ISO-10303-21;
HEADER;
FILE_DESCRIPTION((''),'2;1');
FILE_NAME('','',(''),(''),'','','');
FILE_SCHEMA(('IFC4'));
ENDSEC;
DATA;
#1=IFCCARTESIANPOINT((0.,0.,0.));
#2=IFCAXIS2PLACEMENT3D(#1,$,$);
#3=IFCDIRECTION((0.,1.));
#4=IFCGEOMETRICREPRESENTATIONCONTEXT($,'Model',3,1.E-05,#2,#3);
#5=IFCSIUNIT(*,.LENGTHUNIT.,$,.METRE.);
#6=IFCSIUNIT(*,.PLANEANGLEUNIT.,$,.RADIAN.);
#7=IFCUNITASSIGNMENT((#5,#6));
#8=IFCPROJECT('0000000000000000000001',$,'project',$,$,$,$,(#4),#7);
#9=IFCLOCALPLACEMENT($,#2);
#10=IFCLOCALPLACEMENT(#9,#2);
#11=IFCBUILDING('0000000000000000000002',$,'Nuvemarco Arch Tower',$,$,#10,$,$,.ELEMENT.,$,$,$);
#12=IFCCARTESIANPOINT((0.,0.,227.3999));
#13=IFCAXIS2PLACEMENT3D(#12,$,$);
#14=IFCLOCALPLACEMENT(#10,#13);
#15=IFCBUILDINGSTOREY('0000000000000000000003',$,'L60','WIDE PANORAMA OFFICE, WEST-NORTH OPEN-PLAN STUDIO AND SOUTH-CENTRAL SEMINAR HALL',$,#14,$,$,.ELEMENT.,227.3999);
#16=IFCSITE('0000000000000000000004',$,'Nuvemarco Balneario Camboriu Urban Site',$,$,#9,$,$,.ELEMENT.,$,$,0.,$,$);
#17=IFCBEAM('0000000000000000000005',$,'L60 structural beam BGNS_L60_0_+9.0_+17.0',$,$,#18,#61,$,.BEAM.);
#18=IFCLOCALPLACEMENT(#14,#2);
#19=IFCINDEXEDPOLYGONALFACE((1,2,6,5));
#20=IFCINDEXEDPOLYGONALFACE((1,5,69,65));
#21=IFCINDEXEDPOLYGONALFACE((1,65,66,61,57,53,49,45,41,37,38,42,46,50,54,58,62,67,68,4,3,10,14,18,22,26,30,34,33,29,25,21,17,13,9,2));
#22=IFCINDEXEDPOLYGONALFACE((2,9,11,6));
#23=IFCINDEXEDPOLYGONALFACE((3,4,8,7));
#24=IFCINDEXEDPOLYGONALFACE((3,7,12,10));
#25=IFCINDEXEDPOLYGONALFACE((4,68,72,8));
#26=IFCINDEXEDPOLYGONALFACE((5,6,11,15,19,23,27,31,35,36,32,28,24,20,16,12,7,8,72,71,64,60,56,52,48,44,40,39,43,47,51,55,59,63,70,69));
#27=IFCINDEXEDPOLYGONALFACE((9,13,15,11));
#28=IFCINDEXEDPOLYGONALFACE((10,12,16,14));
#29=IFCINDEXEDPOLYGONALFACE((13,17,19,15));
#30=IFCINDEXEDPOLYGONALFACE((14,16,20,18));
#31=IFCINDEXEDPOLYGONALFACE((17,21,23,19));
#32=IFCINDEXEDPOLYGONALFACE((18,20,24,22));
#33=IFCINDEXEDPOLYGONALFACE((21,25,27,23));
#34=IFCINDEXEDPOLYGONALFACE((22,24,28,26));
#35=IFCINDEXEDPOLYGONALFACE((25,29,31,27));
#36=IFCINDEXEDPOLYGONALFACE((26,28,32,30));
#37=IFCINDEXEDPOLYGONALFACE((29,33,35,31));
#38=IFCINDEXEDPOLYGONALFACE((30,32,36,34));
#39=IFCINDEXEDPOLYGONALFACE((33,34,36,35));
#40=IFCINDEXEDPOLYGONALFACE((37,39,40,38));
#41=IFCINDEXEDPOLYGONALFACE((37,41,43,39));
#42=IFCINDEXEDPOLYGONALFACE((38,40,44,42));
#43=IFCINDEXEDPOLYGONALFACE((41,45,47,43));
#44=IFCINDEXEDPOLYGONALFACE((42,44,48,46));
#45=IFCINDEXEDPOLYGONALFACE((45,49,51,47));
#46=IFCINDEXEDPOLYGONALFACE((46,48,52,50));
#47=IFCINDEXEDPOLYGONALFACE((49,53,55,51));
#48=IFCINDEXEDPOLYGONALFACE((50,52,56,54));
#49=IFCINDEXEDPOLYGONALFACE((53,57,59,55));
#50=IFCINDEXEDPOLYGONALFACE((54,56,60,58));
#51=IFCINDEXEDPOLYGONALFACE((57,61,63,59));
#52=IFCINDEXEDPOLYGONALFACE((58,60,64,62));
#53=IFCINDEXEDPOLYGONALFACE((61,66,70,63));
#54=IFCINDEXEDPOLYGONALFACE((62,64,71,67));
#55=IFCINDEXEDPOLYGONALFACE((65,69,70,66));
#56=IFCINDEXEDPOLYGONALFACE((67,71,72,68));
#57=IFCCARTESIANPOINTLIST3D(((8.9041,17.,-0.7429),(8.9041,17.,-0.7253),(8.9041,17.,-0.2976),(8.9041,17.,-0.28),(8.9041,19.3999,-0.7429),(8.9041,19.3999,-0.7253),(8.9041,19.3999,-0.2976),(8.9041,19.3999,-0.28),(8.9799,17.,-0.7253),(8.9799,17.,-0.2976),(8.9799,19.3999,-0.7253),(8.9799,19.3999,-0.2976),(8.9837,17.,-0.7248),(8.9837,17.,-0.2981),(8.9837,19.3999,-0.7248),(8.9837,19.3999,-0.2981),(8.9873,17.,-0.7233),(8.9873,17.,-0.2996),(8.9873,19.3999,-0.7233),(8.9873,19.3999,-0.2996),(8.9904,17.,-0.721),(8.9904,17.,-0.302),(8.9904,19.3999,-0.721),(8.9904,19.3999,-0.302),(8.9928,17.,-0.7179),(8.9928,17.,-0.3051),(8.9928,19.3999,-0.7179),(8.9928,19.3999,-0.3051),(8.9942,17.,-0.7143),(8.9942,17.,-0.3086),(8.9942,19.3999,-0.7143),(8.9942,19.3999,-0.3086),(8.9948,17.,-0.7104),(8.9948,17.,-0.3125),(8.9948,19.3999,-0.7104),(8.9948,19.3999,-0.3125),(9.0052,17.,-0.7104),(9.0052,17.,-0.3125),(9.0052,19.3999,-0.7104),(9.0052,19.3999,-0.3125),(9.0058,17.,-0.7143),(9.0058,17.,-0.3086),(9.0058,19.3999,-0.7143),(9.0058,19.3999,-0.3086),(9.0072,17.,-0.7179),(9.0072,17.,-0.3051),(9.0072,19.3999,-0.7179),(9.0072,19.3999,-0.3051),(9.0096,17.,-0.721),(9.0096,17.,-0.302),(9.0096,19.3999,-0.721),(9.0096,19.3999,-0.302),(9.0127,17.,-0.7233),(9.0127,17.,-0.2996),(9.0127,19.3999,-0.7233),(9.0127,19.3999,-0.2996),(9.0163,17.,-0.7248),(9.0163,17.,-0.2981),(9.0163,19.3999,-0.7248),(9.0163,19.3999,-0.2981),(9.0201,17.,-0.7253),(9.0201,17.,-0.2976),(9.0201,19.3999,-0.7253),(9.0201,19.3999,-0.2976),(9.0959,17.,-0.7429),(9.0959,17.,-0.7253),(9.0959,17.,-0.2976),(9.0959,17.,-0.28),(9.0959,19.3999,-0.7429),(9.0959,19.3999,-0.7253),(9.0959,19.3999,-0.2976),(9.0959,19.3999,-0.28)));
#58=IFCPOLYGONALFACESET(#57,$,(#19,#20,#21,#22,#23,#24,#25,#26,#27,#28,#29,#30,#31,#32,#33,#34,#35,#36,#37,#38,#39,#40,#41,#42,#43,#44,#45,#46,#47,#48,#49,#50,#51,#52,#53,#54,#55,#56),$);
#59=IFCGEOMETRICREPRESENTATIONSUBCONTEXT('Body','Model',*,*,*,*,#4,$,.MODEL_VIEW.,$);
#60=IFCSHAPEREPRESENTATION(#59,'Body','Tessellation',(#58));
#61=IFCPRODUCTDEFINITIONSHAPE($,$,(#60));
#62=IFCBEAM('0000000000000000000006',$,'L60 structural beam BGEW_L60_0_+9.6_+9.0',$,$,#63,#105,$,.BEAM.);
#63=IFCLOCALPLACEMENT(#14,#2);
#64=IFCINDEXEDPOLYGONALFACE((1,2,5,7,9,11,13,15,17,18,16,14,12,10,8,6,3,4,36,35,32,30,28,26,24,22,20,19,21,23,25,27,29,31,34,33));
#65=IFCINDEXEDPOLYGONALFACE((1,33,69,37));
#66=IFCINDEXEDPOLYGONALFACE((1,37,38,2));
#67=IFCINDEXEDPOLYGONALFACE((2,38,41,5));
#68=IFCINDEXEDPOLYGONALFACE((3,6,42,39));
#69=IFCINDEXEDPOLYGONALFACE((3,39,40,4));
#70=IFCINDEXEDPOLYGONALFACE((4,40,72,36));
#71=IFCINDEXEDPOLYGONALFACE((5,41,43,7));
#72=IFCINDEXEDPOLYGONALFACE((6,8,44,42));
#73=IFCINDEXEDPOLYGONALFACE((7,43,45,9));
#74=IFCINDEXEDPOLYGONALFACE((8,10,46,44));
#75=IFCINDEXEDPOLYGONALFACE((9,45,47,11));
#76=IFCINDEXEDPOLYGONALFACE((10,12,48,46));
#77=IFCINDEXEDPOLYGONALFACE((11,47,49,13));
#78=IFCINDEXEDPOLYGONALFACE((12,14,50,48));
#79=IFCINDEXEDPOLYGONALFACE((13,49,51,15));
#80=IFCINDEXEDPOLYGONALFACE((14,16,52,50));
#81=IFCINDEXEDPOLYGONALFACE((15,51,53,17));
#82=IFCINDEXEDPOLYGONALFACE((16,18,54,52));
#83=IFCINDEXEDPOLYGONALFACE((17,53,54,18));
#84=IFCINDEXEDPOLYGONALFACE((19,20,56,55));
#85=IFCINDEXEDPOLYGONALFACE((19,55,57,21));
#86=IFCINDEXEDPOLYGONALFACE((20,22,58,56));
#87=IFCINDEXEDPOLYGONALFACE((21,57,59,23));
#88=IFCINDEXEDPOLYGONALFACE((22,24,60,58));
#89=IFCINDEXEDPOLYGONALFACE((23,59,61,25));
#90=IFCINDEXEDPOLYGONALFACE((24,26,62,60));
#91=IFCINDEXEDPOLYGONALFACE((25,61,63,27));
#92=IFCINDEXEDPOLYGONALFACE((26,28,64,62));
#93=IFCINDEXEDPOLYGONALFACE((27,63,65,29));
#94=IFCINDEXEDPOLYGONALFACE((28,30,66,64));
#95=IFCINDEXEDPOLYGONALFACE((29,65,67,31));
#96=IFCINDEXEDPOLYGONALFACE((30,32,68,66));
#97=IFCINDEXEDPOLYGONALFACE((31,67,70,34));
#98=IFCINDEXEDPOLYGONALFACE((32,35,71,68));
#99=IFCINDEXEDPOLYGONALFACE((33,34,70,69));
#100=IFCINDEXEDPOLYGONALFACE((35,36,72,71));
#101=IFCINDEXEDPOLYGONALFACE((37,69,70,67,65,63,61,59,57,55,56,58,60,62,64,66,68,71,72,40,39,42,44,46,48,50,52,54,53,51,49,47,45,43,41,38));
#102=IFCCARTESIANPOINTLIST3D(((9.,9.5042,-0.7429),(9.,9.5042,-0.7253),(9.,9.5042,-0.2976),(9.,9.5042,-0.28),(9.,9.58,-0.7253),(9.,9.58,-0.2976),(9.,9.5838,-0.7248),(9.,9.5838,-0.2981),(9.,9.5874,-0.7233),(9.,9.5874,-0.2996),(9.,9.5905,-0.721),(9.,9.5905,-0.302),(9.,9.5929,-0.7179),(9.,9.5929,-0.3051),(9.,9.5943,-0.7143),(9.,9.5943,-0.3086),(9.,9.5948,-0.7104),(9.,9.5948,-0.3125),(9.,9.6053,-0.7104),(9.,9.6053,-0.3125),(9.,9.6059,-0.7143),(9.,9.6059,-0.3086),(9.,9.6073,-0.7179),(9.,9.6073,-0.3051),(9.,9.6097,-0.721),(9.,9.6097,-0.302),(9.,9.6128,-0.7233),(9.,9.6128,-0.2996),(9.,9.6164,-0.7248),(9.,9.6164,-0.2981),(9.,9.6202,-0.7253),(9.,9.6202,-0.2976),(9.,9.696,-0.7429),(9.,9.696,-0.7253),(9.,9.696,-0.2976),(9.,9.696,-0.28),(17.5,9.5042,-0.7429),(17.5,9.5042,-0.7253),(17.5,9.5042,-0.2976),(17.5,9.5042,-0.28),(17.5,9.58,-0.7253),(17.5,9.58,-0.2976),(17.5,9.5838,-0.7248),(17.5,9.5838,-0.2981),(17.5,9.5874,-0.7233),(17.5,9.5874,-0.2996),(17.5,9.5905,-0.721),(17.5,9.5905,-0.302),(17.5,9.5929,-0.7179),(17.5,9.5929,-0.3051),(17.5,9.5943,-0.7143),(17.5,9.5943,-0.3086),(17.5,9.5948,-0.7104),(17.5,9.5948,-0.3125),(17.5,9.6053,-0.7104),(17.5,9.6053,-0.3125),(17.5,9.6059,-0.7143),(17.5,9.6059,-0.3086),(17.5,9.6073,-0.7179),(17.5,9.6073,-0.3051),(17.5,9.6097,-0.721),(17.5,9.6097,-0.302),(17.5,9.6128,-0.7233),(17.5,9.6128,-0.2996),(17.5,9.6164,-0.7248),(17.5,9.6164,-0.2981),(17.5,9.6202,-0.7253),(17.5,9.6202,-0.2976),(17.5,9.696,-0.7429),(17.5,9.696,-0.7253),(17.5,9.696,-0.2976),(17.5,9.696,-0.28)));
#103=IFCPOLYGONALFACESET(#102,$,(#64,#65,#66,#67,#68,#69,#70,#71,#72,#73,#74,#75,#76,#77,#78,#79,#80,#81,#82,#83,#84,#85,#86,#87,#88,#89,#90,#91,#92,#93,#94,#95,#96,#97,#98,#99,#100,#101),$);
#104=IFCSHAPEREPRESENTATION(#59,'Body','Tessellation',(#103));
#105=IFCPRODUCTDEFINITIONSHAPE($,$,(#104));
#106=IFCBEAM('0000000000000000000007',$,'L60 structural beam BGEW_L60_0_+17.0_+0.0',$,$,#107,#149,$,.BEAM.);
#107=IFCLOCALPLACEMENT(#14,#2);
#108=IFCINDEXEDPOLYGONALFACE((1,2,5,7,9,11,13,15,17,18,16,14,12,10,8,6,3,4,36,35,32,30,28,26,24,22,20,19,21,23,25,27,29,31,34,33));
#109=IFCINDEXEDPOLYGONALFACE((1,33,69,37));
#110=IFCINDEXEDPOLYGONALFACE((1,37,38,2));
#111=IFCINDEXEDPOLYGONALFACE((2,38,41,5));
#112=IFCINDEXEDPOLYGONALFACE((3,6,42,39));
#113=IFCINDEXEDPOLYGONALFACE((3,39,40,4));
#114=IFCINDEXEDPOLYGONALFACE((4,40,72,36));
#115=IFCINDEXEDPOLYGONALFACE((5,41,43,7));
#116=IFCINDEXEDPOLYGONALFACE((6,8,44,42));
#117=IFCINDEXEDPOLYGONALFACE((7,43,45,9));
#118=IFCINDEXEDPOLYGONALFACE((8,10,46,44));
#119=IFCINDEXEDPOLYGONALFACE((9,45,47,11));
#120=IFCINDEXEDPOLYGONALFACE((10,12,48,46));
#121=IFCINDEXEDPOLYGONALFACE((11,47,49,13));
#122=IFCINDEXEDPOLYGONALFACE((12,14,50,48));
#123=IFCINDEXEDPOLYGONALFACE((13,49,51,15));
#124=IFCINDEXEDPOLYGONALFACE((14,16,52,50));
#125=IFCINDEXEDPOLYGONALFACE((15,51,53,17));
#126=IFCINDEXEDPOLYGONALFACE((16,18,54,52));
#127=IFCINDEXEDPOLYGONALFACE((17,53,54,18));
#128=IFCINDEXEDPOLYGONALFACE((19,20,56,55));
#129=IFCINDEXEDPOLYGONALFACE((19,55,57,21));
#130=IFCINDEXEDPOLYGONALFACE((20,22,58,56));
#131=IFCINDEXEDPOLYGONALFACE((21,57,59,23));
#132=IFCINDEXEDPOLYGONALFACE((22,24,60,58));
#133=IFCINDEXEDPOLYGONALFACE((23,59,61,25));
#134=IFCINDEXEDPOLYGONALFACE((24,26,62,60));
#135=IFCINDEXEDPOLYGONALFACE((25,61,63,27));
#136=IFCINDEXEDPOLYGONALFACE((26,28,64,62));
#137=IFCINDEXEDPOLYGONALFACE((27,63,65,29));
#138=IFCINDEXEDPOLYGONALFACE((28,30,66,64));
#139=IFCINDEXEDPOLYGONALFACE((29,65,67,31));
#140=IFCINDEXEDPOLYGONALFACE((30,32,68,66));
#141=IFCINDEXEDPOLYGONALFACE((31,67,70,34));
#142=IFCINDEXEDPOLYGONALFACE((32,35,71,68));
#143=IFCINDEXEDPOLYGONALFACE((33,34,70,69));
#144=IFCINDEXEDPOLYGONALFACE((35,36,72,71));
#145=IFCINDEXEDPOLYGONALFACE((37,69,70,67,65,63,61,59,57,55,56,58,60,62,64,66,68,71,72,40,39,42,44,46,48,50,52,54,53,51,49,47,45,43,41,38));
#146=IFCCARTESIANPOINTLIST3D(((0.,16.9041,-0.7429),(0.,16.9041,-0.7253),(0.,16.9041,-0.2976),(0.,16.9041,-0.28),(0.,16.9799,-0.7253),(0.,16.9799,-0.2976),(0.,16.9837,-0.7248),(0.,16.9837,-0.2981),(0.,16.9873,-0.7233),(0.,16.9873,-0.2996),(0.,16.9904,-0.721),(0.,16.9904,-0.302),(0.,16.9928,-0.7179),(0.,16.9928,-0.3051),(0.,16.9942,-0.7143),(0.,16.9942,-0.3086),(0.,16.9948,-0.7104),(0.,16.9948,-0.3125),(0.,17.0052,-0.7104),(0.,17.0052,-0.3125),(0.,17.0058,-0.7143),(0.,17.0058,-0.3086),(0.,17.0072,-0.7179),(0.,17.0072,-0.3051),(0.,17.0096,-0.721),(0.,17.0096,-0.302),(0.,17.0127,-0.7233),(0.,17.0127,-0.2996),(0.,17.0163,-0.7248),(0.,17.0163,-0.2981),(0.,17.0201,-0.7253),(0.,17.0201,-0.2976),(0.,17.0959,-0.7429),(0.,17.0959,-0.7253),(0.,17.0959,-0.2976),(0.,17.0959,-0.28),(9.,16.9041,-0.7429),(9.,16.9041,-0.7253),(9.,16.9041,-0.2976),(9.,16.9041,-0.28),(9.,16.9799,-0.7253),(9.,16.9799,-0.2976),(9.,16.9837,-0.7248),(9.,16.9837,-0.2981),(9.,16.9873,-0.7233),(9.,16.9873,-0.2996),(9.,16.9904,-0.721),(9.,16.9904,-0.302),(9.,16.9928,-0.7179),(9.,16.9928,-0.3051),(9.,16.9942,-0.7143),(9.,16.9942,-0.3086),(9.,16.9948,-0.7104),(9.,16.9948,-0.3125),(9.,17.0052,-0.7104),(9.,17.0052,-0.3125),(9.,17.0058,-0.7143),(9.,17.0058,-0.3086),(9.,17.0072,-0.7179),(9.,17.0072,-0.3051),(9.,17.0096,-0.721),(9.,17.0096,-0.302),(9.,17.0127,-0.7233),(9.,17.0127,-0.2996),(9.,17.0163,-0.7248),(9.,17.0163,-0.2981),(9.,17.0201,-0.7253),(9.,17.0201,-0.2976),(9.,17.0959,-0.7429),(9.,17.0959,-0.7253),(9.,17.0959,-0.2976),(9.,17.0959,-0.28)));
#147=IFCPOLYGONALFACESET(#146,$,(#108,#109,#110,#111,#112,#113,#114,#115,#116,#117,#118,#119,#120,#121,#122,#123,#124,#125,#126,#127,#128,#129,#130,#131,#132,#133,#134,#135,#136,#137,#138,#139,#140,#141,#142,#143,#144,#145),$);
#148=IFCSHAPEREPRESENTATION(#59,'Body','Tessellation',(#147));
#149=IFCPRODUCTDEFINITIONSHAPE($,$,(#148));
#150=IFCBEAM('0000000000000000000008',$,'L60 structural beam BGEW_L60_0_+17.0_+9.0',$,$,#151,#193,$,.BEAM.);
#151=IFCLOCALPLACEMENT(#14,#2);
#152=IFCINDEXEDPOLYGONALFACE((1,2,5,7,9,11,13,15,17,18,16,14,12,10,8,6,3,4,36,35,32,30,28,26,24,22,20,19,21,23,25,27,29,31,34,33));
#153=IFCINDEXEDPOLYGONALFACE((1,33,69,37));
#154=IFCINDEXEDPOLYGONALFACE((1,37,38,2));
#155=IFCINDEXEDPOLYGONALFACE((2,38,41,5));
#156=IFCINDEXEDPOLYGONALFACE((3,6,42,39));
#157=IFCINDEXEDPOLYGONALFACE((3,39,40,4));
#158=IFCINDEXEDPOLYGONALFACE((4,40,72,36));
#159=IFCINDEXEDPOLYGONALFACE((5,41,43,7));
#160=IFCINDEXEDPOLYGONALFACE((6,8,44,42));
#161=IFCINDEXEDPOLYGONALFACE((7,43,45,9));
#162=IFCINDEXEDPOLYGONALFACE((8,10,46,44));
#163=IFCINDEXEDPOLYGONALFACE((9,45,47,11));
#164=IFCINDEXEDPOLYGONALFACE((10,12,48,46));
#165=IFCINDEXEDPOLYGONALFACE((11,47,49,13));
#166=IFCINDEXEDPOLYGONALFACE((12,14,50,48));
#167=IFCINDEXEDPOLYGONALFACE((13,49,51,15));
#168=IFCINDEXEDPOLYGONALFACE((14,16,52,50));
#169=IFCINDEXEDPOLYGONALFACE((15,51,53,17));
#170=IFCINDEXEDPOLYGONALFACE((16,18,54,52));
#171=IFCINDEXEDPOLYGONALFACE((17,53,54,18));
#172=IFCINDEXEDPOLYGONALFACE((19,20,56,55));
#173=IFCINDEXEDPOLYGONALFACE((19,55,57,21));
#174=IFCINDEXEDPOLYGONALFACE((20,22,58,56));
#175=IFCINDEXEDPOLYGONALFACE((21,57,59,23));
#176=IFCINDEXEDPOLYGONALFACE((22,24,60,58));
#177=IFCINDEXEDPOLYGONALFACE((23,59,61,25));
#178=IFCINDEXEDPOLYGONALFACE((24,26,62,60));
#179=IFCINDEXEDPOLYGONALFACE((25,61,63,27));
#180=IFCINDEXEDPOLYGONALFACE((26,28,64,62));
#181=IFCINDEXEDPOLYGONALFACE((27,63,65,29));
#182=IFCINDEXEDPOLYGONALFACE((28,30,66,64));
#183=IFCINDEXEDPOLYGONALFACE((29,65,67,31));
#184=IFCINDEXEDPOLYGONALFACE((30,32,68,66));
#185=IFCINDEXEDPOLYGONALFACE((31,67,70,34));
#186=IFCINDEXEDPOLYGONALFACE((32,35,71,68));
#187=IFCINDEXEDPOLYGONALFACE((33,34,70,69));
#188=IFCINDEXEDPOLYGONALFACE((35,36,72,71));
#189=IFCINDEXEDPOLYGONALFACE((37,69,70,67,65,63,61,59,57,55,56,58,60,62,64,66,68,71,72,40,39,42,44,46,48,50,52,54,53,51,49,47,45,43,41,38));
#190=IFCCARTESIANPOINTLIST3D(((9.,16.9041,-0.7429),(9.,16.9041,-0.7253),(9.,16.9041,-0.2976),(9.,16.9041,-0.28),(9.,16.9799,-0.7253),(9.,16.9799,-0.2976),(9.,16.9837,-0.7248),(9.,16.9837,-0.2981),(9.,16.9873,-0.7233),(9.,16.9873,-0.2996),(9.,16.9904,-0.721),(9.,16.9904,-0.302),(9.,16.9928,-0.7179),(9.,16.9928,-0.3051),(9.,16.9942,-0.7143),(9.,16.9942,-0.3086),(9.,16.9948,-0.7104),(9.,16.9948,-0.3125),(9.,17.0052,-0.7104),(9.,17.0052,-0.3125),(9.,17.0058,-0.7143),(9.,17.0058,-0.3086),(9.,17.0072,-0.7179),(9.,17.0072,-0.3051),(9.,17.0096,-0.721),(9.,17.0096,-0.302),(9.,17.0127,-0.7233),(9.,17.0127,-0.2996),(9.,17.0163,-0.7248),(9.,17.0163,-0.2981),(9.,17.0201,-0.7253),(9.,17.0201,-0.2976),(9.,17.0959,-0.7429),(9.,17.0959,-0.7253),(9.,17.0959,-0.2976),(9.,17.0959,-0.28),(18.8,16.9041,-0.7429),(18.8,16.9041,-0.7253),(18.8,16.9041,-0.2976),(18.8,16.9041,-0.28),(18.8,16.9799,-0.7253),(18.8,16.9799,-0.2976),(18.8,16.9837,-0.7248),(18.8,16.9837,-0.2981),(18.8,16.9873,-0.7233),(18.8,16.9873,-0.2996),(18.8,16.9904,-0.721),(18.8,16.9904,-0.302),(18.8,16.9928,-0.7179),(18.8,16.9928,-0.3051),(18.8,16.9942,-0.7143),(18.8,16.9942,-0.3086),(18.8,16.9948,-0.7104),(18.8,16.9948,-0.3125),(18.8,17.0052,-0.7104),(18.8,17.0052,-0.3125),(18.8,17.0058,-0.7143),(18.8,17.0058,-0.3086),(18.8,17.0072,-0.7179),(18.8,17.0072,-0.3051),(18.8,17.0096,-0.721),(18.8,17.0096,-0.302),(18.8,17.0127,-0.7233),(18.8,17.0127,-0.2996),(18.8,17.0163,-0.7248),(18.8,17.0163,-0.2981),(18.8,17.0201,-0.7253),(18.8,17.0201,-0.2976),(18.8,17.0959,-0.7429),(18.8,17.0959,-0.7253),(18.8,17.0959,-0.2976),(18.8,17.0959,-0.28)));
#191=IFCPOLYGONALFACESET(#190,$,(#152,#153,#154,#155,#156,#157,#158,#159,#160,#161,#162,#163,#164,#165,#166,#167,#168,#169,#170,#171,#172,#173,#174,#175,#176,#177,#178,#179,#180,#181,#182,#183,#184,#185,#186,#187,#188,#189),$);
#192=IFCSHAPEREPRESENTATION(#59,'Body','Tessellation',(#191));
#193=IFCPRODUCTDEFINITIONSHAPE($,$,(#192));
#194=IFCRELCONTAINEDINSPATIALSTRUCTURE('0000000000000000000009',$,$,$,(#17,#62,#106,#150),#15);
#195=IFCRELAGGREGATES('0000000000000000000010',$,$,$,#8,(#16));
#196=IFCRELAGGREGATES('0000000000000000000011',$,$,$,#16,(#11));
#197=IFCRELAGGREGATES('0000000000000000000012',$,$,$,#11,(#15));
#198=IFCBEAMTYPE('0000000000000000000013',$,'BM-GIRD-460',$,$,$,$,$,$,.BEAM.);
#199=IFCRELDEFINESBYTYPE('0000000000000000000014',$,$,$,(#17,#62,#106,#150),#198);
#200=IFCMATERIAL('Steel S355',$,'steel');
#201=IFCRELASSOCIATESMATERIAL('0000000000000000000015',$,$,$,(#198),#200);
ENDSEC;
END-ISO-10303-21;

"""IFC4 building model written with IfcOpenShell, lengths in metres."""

from ifc_helpers import new_model, si_unit, direction, frame, origin, origin_2d, place, context, subcontext, project, spatial, i_section, extrude, material, material_profile, profile_set, type_object, element, save


model = new_model("IFC4")

# Units and contexts
model_context = context("Model", 3, precision=1e-05, world=origin(), true_north=direction((0.0, 1.0)))
body_context = subcontext(model_context, "Body", "Model", "MODEL_VIEW")
ifc_project = project(units=[si_unit("LENGTHUNIT", "METRE"), si_unit("PLANEANGLEUNIT", "RADIAN")], contexts=[model_context])

# Site, building, storey
site_placement = place(None, origin())
site = spatial("IfcSite", under=ifc_project, at=site_placement, Name="Nuvemarco Balneario Camboriu Urban Site", CompositionType="ELEMENT", RefElevation=0.0)
building_placement = place(site_placement, origin())
building = spatial("IfcBuilding", under=site, at=building_placement, Name="Nuvemarco Arch Tower", CompositionType="ELEMENT")
storey_placement = place(building_placement, frame((0.0, 0.0, 227.3999)))
storey = spatial("IfcBuildingStorey", under=building, at=storey_placement, Name="L60", Description="WIDE PANORAMA OFFICE, WEST-NORTH OPEN-PLAN STUDIO AND SOUTH-CENTRAL SEMINAR HALL", CompositionType="ELEMENT", Elevation=227.3999)

# Shared definitions
ifc_material_1 = material(Name="Steel S355", Category="steel")

# Beams
ifc_material_profile_1 = material_profile(ifc_material_1, i_section(OverallWidth=0.1919, OverallDepth=0.4629, WebThickness=0.0105, FlangeThickness=0.0176, FilletRadius=0.0149, at=origin_2d()), Name="W460x89")
ifc_profile_set_1 = profile_set([ifc_material_profile_1], Name="Steel S355")
beam_type_1 = type_object("IfcBeamType", Name="BM-GIRD-460", PredefinedType="BEAM", material=ifc_profile_set_1)
beam_1_placement = place(storey_placement, frame((9.0, 17.0, -0.5115), z_axis=(0.0, 1.0, 0.0), x_axis=(-1.0, 0.0, 0.0)))
element("IfcBeam", 1, at=beam_1_placement, inside=storey, type_object=beam_type_1, Name="L60 structural beam BGNS_L60_0_+9.0_+17.0", PredefinedType="BEAM", context=body_context, shape_type="SweptSolid", body=[
    extrude(i_section(OverallWidth=0.1919, OverallDepth=0.4629, WebThickness=0.0105, FlangeThickness=0.0176, FilletRadius=0.0149, at=origin_2d()), origin(), (0.0, 0.0, 1.0), 2.3999),
])
beam_2_placement = place(storey_placement, frame((9.0, 9.6001, -0.5115), z_axis=(1.0, 0.0, 0.0), x_axis=(0.0, 1.0, 0.0)))
element("IfcBeam", 2, at=beam_2_placement, inside=storey, type_object=beam_type_1, Name="L60 structural beam BGEW_L60_0_+9.6_+9.0", PredefinedType="BEAM", context=body_context, shape_type="SweptSolid", body=[
    extrude(i_section(OverallWidth=0.1919, OverallDepth=0.4629, WebThickness=0.0105, FlangeThickness=0.0176, FilletRadius=0.0149, at=origin_2d()), origin(), (0.0, 0.0, 1.0), 8.5),
])
beam_3_placement = place(storey_placement, frame((0.0, 17.0, -0.5115), z_axis=(1.0, 0.0, 0.0), x_axis=(0.0, 1.0, 0.0)))
element("IfcBeam", 3, at=beam_3_placement, inside=storey, type_object=beam_type_1, Name="L60 structural beam BGEW_L60_0_+17.0_+0.0", PredefinedType="BEAM", context=body_context, shape_type="SweptSolid", body=[
    extrude(i_section(OverallWidth=0.1919, OverallDepth=0.4629, WebThickness=0.0105, FlangeThickness=0.0176, FilletRadius=0.0149, at=origin_2d()), origin(), (0.0, 0.0, 1.0), 9.0),
])
beam_4_placement = place(storey_placement, frame((9.0, 17.0, -0.5115), z_axis=(1.0, 0.0, 0.0), x_axis=(0.0, 1.0, 0.0)))
element("IfcBeam", 4, at=beam_4_placement, inside=storey, type_object=beam_type_1, Name="L60 structural beam BGEW_L60_0_+17.0_+9.0", PredefinedType="BEAM", context=body_context, shape_type="SweptSolid", body=[
    extrude(i_section(OverallWidth=0.1919, OverallDepth=0.4629, WebThickness=0.0105, FlangeThickness=0.0176, FilletRadius=0.0149, at=origin_2d()), origin(), (0.0, 0.0, 1.0), 9.8),
])

save(model, "model.ifc")
